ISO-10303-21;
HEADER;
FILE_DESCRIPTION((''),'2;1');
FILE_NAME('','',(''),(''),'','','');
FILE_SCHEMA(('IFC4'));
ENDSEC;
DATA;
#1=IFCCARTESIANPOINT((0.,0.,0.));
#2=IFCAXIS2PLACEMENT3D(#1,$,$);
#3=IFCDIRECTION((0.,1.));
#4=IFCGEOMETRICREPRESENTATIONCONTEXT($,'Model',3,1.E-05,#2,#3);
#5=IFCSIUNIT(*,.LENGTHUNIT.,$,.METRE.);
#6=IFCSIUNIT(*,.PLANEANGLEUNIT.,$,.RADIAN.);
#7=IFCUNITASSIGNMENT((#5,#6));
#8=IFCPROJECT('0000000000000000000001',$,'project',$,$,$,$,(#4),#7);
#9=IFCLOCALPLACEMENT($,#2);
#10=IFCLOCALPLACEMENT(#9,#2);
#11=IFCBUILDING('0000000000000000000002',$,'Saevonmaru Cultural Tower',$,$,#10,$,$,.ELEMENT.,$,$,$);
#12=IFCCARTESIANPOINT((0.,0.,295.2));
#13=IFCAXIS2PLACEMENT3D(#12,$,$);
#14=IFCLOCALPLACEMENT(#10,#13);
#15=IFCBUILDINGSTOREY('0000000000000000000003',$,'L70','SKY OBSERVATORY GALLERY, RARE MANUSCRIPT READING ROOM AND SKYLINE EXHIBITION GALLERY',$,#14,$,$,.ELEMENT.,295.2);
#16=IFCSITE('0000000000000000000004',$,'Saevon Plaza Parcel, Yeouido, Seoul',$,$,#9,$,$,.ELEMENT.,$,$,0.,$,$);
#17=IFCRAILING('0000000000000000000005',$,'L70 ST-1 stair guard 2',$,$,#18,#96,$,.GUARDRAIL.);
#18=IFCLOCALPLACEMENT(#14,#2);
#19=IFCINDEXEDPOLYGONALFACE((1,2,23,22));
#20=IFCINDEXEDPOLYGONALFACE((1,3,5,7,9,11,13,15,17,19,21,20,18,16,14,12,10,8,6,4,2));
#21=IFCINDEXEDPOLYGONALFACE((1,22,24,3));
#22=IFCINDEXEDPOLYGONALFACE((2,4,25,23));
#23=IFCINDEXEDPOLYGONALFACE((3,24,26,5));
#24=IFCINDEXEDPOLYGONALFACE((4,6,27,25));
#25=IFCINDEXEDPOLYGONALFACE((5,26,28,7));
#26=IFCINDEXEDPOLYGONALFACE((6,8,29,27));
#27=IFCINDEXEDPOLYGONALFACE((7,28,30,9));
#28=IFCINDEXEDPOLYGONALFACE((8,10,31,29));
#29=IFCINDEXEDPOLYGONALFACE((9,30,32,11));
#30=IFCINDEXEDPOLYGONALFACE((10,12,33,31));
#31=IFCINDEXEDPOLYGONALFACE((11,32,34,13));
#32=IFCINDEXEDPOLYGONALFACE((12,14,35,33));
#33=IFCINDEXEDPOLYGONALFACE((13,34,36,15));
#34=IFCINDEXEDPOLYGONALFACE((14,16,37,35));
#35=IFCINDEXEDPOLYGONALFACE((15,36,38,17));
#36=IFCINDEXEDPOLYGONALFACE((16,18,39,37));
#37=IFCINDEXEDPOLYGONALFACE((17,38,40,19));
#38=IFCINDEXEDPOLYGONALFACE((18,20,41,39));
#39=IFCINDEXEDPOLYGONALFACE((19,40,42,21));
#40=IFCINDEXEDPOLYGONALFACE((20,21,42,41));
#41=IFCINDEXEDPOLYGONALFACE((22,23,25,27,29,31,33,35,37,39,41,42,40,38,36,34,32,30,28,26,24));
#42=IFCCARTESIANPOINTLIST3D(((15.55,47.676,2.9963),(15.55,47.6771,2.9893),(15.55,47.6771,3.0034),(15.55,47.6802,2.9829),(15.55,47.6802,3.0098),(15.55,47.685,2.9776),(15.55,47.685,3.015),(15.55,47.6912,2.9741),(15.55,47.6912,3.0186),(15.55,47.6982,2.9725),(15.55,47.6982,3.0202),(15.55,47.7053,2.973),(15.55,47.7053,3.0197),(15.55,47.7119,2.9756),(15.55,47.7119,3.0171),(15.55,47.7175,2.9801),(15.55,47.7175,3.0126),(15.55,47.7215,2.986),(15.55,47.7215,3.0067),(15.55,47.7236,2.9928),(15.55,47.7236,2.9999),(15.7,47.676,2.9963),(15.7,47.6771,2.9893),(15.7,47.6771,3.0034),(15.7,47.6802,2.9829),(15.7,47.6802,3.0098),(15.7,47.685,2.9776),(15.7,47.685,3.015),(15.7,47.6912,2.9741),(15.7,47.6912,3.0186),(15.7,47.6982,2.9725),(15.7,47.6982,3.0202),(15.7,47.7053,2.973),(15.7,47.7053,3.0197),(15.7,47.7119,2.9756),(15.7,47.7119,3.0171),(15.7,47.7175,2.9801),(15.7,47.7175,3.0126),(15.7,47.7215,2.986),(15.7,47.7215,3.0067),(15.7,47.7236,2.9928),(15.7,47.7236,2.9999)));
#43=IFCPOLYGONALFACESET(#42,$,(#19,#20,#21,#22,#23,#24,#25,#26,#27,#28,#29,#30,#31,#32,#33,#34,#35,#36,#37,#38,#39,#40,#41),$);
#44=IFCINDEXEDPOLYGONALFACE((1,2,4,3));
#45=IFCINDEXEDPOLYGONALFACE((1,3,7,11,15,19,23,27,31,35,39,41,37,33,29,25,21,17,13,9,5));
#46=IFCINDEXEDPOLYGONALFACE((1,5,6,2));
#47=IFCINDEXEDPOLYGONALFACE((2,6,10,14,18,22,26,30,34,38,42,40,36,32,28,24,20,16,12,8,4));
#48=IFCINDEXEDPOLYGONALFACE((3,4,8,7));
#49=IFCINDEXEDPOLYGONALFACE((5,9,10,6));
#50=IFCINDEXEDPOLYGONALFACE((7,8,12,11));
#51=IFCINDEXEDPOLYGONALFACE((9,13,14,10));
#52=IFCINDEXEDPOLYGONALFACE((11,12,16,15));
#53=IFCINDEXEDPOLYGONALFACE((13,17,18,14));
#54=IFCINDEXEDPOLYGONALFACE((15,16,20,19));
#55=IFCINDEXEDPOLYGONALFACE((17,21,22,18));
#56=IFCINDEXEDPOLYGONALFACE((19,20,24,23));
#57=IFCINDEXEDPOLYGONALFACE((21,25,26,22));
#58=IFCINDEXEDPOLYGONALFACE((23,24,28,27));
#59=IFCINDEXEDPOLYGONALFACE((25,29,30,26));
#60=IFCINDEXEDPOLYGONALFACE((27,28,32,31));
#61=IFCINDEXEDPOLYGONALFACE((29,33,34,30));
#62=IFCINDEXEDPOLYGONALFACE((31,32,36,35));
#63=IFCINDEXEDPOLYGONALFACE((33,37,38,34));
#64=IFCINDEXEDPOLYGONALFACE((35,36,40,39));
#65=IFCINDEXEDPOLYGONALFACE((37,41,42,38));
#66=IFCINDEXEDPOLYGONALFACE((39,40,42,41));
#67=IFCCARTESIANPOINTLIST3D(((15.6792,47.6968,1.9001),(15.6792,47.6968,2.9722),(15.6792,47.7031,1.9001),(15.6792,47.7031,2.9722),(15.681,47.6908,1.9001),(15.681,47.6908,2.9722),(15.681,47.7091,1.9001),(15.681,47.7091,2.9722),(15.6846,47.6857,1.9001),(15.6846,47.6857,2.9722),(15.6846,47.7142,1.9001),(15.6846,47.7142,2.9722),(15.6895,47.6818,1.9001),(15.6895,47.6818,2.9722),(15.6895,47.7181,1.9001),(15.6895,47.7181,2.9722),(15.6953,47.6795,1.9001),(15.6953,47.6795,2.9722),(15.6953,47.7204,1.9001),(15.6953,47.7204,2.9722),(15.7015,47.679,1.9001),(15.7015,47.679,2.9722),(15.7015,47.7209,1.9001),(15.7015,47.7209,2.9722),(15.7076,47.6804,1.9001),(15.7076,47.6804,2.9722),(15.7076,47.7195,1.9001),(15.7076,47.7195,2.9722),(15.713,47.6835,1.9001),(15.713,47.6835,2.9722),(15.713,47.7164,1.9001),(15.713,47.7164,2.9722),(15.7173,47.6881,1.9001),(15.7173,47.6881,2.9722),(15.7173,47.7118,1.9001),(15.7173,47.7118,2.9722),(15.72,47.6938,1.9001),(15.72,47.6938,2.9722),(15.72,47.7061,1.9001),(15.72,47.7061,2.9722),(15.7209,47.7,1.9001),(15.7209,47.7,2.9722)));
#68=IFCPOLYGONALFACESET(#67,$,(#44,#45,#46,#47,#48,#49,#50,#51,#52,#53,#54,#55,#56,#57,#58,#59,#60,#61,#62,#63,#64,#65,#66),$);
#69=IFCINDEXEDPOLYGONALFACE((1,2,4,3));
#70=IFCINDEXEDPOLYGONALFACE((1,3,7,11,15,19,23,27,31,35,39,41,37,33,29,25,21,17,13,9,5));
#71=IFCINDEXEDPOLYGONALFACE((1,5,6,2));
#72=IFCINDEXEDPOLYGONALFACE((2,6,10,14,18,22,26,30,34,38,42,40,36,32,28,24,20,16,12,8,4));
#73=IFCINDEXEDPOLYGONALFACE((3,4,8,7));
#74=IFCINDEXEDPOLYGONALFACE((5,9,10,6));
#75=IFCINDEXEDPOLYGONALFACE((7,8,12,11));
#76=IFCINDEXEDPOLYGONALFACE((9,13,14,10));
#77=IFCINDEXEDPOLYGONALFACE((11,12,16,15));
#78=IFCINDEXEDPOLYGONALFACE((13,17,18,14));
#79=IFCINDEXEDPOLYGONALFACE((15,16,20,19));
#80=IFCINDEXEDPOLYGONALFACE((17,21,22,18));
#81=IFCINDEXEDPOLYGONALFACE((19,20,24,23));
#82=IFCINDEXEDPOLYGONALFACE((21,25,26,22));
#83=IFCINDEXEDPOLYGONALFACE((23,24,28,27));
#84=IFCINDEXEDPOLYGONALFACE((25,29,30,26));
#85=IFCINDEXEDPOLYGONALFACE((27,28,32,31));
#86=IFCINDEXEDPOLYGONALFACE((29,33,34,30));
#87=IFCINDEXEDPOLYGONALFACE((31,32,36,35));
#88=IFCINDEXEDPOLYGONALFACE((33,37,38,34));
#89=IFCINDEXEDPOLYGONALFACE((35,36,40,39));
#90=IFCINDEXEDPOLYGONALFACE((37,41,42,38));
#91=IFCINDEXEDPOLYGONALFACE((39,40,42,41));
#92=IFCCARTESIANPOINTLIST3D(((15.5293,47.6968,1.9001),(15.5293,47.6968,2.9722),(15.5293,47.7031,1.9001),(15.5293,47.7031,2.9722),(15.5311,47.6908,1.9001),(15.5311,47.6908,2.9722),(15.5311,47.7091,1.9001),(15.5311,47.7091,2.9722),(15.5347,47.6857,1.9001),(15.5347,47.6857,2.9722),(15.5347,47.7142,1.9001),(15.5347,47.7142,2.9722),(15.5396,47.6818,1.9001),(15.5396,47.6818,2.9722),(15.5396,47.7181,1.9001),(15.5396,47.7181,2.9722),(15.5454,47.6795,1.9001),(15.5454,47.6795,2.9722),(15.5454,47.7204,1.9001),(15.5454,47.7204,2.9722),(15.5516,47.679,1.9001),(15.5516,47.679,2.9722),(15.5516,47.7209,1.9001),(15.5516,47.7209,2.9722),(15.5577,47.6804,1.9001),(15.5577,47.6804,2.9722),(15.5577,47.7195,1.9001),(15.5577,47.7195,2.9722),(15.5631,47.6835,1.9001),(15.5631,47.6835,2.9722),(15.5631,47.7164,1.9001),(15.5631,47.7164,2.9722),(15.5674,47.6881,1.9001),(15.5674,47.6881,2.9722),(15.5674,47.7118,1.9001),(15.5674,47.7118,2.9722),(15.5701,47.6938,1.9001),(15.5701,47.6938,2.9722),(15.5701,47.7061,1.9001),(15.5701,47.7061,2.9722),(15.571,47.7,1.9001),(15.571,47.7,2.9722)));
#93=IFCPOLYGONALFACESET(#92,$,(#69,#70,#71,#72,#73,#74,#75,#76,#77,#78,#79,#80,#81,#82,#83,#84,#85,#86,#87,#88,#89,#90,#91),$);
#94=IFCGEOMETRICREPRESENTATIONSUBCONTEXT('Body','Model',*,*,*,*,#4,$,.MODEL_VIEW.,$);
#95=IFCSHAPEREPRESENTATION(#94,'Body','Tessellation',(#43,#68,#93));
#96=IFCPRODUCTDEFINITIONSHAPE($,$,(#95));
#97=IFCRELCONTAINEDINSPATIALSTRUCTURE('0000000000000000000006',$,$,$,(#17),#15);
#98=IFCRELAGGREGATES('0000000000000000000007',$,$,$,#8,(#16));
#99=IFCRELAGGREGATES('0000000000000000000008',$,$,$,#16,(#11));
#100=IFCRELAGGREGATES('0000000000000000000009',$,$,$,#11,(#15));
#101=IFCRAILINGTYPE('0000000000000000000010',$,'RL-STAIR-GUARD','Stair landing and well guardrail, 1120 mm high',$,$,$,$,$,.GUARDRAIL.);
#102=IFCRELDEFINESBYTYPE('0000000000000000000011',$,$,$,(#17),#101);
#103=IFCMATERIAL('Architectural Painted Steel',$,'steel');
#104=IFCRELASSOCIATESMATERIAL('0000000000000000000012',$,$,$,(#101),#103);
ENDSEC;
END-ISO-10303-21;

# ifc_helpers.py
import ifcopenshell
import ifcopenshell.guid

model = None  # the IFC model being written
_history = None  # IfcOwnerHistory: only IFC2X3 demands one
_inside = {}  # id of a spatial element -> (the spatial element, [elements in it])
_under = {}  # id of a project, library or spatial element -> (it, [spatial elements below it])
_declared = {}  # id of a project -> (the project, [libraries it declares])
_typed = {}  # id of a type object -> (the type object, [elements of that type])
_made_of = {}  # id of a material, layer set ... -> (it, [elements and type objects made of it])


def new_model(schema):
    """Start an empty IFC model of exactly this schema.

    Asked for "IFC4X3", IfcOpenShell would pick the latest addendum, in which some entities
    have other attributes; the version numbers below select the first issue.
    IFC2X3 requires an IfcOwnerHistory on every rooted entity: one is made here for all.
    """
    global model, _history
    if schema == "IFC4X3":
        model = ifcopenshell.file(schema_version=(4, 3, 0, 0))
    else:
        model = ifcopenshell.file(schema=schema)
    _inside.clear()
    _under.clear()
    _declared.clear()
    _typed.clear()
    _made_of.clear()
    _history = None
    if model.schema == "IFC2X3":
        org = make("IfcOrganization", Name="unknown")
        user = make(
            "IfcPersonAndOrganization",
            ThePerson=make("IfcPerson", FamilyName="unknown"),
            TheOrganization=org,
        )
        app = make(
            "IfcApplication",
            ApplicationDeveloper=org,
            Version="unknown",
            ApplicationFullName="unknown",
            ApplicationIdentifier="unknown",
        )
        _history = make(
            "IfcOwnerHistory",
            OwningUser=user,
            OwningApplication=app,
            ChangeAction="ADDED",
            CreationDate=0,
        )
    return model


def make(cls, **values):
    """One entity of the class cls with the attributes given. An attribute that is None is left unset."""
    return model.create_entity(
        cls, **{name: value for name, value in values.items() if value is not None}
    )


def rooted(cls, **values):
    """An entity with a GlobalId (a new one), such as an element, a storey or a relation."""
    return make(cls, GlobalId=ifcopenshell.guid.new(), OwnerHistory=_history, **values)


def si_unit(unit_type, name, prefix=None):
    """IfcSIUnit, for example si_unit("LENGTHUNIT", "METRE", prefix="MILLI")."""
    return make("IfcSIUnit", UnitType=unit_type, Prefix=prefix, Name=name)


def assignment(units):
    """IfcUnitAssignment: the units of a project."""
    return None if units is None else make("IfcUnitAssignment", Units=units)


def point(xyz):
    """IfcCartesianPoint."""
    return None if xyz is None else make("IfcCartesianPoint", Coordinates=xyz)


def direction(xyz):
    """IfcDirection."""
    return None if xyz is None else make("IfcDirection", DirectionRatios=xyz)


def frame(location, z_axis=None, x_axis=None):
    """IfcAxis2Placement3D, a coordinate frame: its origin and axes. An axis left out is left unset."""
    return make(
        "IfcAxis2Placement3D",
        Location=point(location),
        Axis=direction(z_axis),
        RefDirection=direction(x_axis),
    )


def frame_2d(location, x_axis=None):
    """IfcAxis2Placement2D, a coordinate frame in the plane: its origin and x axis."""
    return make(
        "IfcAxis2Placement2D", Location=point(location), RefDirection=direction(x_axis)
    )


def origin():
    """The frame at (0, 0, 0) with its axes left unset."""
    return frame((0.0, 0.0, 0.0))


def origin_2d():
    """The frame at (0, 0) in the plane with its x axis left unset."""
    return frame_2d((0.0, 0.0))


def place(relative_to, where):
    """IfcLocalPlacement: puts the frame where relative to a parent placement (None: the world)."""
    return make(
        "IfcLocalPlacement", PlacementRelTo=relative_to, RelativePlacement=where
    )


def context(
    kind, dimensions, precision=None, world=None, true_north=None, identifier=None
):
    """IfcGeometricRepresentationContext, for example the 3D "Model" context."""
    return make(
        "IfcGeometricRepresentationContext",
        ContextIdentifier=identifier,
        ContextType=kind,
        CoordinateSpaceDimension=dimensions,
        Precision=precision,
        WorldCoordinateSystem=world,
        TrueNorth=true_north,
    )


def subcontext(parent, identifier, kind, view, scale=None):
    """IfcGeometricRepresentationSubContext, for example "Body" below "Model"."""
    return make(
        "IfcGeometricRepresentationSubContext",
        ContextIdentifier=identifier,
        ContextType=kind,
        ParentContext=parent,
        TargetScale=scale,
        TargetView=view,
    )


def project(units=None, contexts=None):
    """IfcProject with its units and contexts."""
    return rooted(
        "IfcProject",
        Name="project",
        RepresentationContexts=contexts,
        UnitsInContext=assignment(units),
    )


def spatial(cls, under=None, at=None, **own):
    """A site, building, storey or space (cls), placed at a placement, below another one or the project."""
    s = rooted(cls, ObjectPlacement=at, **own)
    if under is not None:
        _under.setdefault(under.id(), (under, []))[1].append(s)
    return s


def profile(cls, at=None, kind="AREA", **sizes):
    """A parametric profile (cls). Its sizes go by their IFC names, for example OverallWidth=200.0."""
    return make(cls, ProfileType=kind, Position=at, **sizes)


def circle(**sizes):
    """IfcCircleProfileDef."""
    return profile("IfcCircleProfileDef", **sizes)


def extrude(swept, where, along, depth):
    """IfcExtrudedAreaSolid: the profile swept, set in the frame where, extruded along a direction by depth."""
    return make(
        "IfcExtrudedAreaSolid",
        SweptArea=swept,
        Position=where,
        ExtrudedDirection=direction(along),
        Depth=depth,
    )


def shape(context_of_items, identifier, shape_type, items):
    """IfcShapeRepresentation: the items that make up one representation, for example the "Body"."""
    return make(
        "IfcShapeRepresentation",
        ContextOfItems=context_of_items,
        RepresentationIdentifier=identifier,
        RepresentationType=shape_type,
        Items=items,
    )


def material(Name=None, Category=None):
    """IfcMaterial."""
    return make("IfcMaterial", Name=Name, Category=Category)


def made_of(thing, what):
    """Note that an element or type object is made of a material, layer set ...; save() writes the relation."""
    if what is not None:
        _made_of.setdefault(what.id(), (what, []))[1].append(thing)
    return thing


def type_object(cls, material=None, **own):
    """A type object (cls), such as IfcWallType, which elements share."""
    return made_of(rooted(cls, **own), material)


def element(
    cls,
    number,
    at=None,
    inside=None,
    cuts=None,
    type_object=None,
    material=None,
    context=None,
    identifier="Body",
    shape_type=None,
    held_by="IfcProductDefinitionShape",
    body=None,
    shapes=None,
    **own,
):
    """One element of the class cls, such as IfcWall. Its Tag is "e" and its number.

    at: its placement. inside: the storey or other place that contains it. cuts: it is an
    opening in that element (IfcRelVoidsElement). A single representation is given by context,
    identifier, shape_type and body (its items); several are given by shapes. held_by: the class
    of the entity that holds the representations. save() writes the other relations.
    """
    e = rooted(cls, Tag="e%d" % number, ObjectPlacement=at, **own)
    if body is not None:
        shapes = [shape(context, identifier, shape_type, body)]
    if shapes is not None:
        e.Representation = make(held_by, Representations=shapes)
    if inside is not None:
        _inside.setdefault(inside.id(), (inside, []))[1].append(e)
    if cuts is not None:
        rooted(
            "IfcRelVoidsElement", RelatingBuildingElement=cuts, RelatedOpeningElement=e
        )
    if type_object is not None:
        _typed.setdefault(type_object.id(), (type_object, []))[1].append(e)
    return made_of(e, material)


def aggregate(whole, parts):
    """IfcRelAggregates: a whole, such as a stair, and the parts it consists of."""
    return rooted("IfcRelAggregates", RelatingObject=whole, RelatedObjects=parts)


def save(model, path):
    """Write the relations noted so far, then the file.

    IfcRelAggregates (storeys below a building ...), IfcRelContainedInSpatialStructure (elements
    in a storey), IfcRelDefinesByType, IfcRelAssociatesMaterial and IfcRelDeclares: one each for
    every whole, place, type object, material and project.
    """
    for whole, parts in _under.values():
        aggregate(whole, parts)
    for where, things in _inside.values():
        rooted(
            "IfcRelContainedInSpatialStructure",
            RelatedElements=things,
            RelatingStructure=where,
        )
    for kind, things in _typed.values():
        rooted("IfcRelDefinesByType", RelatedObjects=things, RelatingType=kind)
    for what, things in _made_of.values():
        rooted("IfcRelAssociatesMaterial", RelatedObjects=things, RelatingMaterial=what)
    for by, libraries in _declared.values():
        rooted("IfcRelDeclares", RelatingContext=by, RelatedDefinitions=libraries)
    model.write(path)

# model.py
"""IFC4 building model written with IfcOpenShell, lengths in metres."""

from ifc_helpers import new_model, si_unit, direction, frame, origin, origin_2d, place, context, subcontext, project, spatial, circle, extrude, material, type_object, element, save


model = new_model("IFC4")

# Units and contexts
model_context = context("Model", 3, precision=1e-05, world=origin(), true_north=direction((0.0, 1.0)))
body_context = subcontext(model_context, "Body", "Model", "MODEL_VIEW")
ifc_project = project(units=[si_unit("LENGTHUNIT", "METRE"), si_unit("PLANEANGLEUNIT", "RADIAN")], contexts=[model_context])

# Site, building, storey
site_placement = place(None, origin())
site = spatial("IfcSite", under=ifc_project, at=site_placement, Name="Saevon Plaza Parcel, Yeouido, Seoul", CompositionType="ELEMENT", RefElevation=0.0)
building_placement = place(site_placement, origin())
building = spatial("IfcBuilding", under=site, at=building_placement, Name="Saevonmaru Cultural Tower", CompositionType="ELEMENT")
storey_placement = place(building_placement, frame((0.0, 0.0, 295.2)))
storey = spatial("IfcBuildingStorey", under=building, at=storey_placement, Name="L70", Description="SKY OBSERVATORY GALLERY, RARE MANUSCRIPT READING ROOM AND SKYLINE EXHIBITION GALLERY", CompositionType="ELEMENT", Elevation=295.2)

# Railing
ifc_material_1 = material(Name="Architectural Painted Steel", Category="steel")
railing_type_1 = type_object("IfcRailingType", Name="RL-STAIR-GUARD", Description="Stair landing and well guardrail, 1120 mm high", PredefinedType="GUARDRAIL", material=ifc_material_1)
railing_1_placement = place(storey_placement, frame((15.7, 47.7, 1.9001)))
element("IfcRailing", 1, at=railing_1_placement, inside=storey, type_object=railing_type_1, Name="L70 ST-1 stair guard 2", PredefinedType="GUARDRAIL", context=body_context, shape_type="SweptSolid", body=[
    extrude(circle(Radius=0.0239, at=origin_2d()), frame((0.0, 0.0, 1.0962), z_axis=(-1.0, 0.0, 0.0), x_axis=(0.0, -1.0, 0.0)), (0.0, 0.0, 1.0), 0.1499),
    extrude(circle(Radius=0.021, at=origin_2d()), origin(), (0.0, 0.0, 1.0), 1.072),
    extrude(circle(Radius=0.021, at=origin_2d()), frame((-0.1499, 0.0, 0.0)), (0.0, 0.0, 1.0), 1.072),
])

save(model, "model.ifc")
